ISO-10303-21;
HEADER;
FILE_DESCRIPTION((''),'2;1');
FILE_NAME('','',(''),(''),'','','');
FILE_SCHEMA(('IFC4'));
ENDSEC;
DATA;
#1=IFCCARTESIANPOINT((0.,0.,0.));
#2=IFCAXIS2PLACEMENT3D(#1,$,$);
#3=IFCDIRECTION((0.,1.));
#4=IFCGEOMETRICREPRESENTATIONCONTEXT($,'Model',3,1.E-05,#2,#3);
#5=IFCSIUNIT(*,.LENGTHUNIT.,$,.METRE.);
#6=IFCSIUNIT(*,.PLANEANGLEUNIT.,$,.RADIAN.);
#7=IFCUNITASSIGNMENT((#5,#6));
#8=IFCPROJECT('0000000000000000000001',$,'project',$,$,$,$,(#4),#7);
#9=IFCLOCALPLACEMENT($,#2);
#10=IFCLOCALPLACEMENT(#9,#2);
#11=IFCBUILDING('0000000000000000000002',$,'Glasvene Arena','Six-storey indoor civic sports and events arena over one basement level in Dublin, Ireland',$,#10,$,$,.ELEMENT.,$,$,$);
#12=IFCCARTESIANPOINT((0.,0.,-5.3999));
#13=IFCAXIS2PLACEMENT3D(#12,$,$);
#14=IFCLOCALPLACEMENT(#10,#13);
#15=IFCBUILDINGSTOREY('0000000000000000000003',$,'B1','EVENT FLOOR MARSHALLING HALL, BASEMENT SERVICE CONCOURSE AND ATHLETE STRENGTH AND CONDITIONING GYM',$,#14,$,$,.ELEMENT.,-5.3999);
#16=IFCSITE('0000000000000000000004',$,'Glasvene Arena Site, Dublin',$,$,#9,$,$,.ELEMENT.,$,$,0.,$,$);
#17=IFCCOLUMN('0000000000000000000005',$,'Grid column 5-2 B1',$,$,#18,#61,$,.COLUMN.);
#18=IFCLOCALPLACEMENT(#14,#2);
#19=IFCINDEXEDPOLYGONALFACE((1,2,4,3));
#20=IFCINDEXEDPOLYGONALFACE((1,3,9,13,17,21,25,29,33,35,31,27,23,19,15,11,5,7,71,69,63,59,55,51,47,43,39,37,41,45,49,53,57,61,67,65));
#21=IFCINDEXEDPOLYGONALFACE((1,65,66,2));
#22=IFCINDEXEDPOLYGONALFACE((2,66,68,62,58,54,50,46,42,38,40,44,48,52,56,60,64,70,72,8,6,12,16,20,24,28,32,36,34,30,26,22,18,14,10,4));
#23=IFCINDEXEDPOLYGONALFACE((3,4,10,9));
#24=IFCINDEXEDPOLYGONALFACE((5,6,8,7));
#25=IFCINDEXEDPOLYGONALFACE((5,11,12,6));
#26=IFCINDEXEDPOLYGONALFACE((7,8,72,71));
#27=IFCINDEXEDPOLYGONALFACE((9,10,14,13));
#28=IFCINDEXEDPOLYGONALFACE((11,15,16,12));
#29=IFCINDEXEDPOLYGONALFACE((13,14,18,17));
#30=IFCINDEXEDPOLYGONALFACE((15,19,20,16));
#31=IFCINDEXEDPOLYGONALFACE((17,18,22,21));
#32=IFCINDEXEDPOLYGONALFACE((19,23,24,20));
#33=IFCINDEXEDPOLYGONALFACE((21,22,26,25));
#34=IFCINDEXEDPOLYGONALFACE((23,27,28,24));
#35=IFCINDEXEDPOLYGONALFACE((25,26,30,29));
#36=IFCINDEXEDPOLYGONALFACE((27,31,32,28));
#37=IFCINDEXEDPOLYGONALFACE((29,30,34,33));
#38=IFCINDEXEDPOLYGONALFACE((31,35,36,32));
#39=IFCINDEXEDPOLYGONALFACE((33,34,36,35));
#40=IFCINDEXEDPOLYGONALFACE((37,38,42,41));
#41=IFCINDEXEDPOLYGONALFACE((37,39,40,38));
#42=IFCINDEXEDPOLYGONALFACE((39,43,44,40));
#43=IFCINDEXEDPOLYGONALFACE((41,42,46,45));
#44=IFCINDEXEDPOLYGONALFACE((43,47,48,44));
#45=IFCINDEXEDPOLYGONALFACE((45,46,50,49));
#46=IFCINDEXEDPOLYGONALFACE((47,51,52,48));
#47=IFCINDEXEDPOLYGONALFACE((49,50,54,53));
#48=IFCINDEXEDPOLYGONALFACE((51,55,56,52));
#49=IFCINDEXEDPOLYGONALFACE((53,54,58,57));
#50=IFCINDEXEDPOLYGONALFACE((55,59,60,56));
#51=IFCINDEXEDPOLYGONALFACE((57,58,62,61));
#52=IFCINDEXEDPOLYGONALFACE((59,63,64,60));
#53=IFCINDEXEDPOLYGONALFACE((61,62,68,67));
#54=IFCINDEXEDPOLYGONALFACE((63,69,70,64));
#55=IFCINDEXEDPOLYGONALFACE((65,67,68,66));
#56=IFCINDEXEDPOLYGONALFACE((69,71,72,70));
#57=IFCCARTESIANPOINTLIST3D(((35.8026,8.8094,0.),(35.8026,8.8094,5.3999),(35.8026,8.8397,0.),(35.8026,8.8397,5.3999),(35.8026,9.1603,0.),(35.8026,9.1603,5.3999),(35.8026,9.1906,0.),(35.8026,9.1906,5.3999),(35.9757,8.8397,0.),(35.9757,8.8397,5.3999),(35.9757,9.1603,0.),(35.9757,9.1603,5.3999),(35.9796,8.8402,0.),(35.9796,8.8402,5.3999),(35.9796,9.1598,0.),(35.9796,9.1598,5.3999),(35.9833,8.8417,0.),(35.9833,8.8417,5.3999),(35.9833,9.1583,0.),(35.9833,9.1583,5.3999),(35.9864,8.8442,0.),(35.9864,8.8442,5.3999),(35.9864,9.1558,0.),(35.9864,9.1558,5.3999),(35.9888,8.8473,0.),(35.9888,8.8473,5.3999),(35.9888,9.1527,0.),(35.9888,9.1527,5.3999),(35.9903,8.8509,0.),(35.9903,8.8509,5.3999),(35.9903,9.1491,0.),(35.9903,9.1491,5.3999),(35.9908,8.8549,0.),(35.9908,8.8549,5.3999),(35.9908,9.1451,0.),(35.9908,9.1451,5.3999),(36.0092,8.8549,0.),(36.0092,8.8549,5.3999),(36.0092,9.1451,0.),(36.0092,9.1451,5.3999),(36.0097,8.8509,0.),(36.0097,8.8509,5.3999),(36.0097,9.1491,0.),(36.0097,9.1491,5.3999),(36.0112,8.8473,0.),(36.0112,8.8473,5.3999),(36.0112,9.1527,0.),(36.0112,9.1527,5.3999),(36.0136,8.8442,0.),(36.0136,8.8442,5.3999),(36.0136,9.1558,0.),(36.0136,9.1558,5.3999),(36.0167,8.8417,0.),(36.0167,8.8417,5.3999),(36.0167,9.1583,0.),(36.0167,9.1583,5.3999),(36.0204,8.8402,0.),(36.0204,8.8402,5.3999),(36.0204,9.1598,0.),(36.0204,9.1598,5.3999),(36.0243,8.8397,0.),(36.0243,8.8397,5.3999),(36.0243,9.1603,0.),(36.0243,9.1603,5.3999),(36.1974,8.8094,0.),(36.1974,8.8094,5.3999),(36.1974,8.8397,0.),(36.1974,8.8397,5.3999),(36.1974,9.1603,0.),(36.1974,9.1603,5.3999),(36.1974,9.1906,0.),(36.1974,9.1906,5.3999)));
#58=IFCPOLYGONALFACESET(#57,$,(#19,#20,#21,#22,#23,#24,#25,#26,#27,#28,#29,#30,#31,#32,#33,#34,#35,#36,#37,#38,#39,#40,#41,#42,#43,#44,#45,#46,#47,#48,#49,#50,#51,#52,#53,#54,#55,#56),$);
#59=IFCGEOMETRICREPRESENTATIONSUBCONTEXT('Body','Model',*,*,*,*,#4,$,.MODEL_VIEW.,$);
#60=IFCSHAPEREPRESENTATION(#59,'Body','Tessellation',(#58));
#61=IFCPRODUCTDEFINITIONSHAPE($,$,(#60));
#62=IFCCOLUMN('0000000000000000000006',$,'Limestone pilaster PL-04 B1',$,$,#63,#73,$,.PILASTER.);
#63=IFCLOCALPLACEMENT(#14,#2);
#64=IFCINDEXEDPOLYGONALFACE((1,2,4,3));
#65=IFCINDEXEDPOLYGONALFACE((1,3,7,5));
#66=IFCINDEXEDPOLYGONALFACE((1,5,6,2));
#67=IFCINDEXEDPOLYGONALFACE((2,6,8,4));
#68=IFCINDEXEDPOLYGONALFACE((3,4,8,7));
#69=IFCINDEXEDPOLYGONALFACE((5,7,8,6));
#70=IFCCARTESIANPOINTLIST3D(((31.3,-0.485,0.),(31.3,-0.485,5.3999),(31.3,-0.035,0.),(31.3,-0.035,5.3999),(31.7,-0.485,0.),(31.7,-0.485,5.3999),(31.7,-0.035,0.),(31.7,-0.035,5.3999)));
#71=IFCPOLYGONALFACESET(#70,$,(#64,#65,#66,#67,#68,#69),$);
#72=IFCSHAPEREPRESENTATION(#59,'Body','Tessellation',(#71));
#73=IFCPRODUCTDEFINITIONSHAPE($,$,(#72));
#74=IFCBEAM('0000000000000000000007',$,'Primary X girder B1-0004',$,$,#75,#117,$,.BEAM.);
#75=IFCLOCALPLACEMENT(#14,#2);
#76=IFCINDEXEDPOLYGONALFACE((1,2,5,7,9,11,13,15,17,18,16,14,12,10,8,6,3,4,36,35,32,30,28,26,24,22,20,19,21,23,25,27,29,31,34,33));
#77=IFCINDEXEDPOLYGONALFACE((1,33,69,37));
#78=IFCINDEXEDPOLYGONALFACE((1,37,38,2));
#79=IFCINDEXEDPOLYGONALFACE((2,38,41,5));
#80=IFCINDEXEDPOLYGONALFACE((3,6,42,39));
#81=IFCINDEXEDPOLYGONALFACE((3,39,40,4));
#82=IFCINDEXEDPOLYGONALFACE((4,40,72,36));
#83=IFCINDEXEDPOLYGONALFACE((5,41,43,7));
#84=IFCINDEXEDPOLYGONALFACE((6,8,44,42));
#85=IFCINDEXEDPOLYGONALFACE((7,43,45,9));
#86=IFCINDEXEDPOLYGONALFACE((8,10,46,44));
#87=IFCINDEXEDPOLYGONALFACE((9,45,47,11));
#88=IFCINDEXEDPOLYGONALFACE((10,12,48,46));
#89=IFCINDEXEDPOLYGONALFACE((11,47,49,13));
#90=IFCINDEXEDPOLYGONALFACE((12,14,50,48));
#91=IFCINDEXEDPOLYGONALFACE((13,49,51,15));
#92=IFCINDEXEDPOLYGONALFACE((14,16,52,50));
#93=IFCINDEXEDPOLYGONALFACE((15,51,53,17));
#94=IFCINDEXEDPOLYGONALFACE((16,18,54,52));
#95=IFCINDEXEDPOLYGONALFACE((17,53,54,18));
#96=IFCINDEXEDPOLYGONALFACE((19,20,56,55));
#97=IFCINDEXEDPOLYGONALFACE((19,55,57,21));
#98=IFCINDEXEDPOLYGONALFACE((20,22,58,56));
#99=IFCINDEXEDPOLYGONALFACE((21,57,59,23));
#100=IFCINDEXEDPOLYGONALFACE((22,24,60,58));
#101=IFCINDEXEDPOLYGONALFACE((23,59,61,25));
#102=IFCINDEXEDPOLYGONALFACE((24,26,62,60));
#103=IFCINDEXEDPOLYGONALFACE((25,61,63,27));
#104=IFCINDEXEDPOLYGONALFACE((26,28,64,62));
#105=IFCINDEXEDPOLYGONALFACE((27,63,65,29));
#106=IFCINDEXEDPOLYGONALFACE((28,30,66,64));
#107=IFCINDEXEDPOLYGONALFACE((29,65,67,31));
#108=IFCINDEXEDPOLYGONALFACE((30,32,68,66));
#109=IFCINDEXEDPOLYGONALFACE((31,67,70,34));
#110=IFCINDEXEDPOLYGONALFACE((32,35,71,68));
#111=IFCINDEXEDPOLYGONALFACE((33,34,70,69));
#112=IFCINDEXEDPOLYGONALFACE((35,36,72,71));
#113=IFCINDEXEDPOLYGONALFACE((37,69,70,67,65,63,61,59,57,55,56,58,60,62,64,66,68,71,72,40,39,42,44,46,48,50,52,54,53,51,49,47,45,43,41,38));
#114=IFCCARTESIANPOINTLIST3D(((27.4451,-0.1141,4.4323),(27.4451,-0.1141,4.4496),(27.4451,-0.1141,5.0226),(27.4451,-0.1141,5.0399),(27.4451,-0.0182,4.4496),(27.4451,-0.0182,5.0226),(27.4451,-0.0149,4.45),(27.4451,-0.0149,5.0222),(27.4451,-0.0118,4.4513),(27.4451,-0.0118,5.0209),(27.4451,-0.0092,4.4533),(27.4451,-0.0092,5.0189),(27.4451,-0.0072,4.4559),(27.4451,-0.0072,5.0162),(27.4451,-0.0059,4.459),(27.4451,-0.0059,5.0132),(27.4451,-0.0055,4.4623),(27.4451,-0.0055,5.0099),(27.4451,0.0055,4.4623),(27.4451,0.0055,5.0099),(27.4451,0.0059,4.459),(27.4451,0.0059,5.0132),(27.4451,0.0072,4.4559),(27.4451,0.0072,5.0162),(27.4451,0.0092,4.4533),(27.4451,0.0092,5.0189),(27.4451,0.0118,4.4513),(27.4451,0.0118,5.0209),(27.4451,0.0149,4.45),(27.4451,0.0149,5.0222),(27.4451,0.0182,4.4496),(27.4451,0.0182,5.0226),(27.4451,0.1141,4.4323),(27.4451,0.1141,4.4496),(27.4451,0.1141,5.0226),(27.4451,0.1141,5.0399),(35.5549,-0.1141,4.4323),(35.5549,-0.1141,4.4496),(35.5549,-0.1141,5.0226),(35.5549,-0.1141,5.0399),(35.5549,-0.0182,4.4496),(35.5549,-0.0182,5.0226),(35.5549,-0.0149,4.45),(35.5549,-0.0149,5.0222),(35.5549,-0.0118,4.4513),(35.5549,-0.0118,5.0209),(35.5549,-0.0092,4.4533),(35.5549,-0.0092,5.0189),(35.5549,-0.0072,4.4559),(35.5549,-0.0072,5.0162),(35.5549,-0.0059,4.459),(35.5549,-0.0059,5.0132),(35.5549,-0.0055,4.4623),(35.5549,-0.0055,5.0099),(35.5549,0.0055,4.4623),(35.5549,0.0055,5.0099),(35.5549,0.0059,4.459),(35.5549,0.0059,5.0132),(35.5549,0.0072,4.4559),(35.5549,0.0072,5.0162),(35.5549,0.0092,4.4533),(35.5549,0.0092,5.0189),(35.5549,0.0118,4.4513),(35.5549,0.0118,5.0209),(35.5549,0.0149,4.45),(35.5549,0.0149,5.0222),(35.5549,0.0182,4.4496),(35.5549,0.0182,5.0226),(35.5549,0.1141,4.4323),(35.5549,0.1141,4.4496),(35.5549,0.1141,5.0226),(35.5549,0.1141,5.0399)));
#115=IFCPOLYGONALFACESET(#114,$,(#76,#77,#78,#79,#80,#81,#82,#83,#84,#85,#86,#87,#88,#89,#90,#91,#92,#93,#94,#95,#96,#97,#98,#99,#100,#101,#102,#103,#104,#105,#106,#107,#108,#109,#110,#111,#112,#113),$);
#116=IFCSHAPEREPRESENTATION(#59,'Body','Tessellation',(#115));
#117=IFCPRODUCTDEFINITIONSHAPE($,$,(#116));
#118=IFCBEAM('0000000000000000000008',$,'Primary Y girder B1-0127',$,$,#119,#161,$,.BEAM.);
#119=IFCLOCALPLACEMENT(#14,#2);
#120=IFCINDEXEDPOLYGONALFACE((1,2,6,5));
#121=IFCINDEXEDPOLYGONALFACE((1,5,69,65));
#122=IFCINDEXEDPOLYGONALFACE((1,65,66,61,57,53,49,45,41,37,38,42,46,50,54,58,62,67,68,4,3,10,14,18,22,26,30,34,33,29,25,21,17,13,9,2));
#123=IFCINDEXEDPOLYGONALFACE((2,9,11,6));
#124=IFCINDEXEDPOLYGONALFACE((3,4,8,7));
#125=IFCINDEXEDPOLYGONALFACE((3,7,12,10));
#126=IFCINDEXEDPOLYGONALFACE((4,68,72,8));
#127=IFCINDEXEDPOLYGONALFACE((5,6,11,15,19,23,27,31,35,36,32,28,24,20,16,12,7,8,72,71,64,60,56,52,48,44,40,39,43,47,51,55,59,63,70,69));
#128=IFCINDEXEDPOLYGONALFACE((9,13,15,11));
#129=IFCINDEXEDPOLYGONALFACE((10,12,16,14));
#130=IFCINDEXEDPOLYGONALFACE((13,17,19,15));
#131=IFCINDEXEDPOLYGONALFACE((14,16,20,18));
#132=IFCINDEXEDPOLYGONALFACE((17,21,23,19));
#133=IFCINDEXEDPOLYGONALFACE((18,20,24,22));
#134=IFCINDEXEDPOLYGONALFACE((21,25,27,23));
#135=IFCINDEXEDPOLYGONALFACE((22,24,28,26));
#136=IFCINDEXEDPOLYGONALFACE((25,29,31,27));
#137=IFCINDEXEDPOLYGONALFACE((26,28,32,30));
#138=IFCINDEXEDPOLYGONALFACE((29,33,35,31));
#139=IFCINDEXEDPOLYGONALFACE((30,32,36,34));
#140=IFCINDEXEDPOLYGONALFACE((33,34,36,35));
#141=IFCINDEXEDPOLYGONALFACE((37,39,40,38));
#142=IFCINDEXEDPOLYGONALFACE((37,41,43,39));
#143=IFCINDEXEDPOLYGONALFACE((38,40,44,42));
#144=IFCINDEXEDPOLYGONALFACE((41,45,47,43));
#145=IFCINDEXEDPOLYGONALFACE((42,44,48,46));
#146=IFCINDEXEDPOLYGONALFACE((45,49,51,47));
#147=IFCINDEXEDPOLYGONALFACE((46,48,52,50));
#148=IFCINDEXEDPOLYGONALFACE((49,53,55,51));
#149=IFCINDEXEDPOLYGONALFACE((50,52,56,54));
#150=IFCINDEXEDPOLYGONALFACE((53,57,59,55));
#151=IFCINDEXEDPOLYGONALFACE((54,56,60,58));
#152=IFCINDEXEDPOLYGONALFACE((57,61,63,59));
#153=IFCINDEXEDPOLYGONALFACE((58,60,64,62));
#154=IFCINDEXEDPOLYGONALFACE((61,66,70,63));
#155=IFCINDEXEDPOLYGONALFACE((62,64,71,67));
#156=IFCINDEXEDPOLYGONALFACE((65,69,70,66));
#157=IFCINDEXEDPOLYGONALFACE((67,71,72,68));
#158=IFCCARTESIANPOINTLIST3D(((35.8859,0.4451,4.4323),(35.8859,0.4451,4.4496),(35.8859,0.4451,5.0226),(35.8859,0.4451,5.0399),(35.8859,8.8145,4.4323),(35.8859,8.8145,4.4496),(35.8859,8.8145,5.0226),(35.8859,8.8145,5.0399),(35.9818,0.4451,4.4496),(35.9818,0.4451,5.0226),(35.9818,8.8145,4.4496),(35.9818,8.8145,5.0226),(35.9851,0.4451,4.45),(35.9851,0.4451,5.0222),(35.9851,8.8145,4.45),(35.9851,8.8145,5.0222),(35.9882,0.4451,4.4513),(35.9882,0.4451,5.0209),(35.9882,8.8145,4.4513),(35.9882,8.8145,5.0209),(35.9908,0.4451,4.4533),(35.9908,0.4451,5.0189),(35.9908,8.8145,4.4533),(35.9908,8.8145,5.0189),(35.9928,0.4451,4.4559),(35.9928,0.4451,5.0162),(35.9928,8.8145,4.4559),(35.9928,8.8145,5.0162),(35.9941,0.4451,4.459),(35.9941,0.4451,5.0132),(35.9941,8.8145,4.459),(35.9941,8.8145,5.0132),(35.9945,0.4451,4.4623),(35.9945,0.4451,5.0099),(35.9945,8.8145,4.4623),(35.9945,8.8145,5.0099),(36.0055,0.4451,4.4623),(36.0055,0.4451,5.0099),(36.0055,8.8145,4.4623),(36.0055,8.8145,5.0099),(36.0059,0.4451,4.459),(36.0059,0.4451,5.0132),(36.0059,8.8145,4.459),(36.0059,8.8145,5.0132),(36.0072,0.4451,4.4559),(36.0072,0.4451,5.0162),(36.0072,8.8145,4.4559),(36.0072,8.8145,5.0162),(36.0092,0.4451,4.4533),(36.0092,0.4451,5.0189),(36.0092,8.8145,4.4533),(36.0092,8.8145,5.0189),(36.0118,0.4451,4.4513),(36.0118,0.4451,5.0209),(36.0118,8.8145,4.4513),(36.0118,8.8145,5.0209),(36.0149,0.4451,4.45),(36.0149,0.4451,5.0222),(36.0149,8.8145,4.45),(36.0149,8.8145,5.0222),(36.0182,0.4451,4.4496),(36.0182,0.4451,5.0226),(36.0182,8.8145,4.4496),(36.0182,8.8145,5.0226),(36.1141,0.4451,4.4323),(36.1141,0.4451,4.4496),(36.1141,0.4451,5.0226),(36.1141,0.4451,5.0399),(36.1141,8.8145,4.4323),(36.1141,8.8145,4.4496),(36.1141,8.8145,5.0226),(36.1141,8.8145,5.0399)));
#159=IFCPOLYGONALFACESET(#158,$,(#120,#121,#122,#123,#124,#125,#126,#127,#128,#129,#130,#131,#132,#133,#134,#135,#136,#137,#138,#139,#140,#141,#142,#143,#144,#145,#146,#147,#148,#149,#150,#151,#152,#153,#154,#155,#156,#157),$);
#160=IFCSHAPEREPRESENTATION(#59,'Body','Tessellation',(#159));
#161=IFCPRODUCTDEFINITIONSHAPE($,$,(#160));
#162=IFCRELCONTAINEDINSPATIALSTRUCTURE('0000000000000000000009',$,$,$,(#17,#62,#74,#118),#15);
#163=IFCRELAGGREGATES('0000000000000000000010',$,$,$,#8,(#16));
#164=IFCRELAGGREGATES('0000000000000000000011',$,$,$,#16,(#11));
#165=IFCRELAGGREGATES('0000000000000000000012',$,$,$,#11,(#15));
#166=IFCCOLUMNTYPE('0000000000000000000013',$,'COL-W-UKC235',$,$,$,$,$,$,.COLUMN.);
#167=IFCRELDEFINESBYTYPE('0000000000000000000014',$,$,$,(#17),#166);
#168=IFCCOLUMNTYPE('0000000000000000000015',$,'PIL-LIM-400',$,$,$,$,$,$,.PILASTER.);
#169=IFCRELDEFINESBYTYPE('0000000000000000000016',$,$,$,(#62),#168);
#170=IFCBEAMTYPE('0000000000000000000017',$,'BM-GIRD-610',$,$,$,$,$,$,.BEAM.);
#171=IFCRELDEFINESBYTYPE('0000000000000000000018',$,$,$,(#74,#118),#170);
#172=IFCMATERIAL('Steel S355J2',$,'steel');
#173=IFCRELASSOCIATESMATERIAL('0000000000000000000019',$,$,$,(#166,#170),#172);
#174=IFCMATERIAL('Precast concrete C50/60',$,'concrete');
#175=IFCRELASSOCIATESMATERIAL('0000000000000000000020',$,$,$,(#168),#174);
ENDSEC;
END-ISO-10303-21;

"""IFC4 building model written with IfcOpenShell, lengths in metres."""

from ifc_helpers import new_model, si_unit, direction, frame, origin, origin_2d, place, context, subcontext, project, spatial, rectangle, i_section, extrude, material, material_profile, profile_set, type_object, element, save


model = new_model("IFC4")

# Units and contexts
model_context = context("Model", 3, precision=1e-05, world=origin(), true_north=direction((0.0, 1.0)))
body_context = subcontext(model_context, "Body", "Model", "MODEL_VIEW")
ifc_project = project(units=[si_unit("LENGTHUNIT", "METRE"), si_unit("PLANEANGLEUNIT", "RADIAN")], contexts=[model_context])

# Site, building, storey
site_placement = place(None, origin())
site = spatial("IfcSite", under=ifc_project, at=site_placement, Name="Glasvene Arena Site, Dublin", CompositionType="ELEMENT", RefElevation=0.0)
building_placement = place(site_placement, origin())
building = spatial("IfcBuilding", under=site, at=building_placement, Name="Glasvene Arena", Description="Six-storey indoor civic sports and events arena over one basement level in Dublin, Ireland", CompositionType="ELEMENT")
storey_placement = place(building_placement, frame((0.0, 0.0, -5.3999)))
storey = spatial("IfcBuildingStorey", under=building, at=storey_placement, Name="B1", Description="EVENT FLOOR MARSHALLING HALL, BASEMENT SERVICE CONCOURSE AND ATHLETE STRENGTH AND CONDITIONING GYM", CompositionType="ELEMENT", Elevation=-5.3999)

# Columns
ifc_material_1 = material(Name="Steel S355J2", Category="steel")
ifc_material_profile_1 = material_profile(ifc_material_1, i_section(OverallWidth=0.3948, OverallDepth=0.3811, WebThickness=0.0183, FlangeThickness=0.0303, FilletRadius=0.0151, at=origin_2d()), Name="UKC 356x406x235")
ifc_profile_set_1 = profile_set([ifc_material_profile_1], Name="Steel S355J2")
column_type_1 = type_object("IfcColumnType", Name="COL-W-UKC235", PredefinedType="COLUMN", material=ifc_profile_set_1)
column_1_placement = place(storey_placement, frame((36.0, 9.0, 0.0), z_axis=(0.0, 0.0, 1.0), x_axis=(1.0, 0.0, 0.0)))
element("IfcColumn", 1, at=column_1_placement, inside=storey, type_object=column_type_1, Name="Grid column 5-2 B1", PredefinedType="COLUMN", context=body_context, shape_type="SweptSolid", body=[
    extrude(i_section(OverallWidth=0.3948, OverallDepth=0.3811, WebThickness=0.0183, FlangeThickness=0.0303, FilletRadius=0.0151, at=origin_2d()), origin(), (0.0, 0.0, 1.0), 5.3999),
])
ifc_material_2 = material(Name="Precast concrete C50/60", Category="concrete")
ifc_material_profile_2 = material_profile(ifc_material_2, rectangle(XDim=0.3999, YDim=0.45, at=origin_2d()), Name="RC 400x450")
ifc_profile_set_2 = profile_set([ifc_material_profile_2], Name="Precast concrete C50/60")
column_type_2 = type_object("IfcColumnType", Name="PIL-LIM-400", PredefinedType="PILASTER", material=ifc_profile_set_2)
column_2_placement = place(storey_placement, frame((31.5, -0.26, 0.0), z_axis=(0.0, 0.0, 1.0), x_axis=(1.0, 0.0, 0.0)))
element("IfcColumn", 2, at=column_2_placement, inside=storey, type_object=column_type_2, Name="Limestone pilaster PL-04 B1", PredefinedType="PILASTER", context=body_context, shape_type="SweptSolid", body=[
    extrude(rectangle(XDim=0.3999, YDim=0.45, at=origin_2d()), origin(), (0.0, 0.0, 1.0), 5.3999),
])

# Beams
ifc_material_profile_3 = material_profile(ifc_material_1, i_section(OverallWidth=0.2283, OverallDepth=0.6077, WebThickness=0.011, FlangeThickness=0.0173, FilletRadius=0.0127, at=origin_2d()), Name="UKB 610x229x113")
ifc_profile_set_3 = profile_set([ifc_material_profile_3], Name="Steel S355J2")
beam_type_1 = type_object("IfcBeamType", Name="BM-GIRD-610", PredefinedType="BEAM", material=ifc_profile_set_3)
beam_1_placement = place(storey_placement, frame((27.4451, 0.0, 4.7361), z_axis=(1.0, 0.0, 0.0), x_axis=(0.0, 1.0, 0.0)))
element("IfcBeam", 3, at=beam_1_placement, inside=storey, type_object=beam_type_1, Name="Primary X girder B1-0004", PredefinedType="BEAM", context=body_context, shape_type="SweptSolid", body=[
    extrude(i_section(OverallWidth=0.2283, OverallDepth=0.6077, WebThickness=0.011, FlangeThickness=0.0173, FilletRadius=0.0127, at=origin_2d()), origin(), (0.0, 0.0, 1.0), 8.1099),
])
beam_2_placement = place(storey_placement, frame((36.0, 0.4451, 4.7361), z_axis=(0.0, 1.0, 0.0), x_axis=(-1.0, 0.0, 0.0)))
element("IfcBeam", 4, at=beam_2_placement, inside=storey, type_object=beam_type_1, Name="Primary Y girder B1-0127", PredefinedType="BEAM", context=body_context, shape_type="SweptSolid", body=[
    extrude(i_section(OverallWidth=0.2283, OverallDepth=0.6077, WebThickness=0.011, FlangeThickness=0.0173, FilletRadius=0.0127, at=origin_2d()), origin(), (0.0, 0.0, 1.0), 8.3694),
])

save(model, "model.ifc")
